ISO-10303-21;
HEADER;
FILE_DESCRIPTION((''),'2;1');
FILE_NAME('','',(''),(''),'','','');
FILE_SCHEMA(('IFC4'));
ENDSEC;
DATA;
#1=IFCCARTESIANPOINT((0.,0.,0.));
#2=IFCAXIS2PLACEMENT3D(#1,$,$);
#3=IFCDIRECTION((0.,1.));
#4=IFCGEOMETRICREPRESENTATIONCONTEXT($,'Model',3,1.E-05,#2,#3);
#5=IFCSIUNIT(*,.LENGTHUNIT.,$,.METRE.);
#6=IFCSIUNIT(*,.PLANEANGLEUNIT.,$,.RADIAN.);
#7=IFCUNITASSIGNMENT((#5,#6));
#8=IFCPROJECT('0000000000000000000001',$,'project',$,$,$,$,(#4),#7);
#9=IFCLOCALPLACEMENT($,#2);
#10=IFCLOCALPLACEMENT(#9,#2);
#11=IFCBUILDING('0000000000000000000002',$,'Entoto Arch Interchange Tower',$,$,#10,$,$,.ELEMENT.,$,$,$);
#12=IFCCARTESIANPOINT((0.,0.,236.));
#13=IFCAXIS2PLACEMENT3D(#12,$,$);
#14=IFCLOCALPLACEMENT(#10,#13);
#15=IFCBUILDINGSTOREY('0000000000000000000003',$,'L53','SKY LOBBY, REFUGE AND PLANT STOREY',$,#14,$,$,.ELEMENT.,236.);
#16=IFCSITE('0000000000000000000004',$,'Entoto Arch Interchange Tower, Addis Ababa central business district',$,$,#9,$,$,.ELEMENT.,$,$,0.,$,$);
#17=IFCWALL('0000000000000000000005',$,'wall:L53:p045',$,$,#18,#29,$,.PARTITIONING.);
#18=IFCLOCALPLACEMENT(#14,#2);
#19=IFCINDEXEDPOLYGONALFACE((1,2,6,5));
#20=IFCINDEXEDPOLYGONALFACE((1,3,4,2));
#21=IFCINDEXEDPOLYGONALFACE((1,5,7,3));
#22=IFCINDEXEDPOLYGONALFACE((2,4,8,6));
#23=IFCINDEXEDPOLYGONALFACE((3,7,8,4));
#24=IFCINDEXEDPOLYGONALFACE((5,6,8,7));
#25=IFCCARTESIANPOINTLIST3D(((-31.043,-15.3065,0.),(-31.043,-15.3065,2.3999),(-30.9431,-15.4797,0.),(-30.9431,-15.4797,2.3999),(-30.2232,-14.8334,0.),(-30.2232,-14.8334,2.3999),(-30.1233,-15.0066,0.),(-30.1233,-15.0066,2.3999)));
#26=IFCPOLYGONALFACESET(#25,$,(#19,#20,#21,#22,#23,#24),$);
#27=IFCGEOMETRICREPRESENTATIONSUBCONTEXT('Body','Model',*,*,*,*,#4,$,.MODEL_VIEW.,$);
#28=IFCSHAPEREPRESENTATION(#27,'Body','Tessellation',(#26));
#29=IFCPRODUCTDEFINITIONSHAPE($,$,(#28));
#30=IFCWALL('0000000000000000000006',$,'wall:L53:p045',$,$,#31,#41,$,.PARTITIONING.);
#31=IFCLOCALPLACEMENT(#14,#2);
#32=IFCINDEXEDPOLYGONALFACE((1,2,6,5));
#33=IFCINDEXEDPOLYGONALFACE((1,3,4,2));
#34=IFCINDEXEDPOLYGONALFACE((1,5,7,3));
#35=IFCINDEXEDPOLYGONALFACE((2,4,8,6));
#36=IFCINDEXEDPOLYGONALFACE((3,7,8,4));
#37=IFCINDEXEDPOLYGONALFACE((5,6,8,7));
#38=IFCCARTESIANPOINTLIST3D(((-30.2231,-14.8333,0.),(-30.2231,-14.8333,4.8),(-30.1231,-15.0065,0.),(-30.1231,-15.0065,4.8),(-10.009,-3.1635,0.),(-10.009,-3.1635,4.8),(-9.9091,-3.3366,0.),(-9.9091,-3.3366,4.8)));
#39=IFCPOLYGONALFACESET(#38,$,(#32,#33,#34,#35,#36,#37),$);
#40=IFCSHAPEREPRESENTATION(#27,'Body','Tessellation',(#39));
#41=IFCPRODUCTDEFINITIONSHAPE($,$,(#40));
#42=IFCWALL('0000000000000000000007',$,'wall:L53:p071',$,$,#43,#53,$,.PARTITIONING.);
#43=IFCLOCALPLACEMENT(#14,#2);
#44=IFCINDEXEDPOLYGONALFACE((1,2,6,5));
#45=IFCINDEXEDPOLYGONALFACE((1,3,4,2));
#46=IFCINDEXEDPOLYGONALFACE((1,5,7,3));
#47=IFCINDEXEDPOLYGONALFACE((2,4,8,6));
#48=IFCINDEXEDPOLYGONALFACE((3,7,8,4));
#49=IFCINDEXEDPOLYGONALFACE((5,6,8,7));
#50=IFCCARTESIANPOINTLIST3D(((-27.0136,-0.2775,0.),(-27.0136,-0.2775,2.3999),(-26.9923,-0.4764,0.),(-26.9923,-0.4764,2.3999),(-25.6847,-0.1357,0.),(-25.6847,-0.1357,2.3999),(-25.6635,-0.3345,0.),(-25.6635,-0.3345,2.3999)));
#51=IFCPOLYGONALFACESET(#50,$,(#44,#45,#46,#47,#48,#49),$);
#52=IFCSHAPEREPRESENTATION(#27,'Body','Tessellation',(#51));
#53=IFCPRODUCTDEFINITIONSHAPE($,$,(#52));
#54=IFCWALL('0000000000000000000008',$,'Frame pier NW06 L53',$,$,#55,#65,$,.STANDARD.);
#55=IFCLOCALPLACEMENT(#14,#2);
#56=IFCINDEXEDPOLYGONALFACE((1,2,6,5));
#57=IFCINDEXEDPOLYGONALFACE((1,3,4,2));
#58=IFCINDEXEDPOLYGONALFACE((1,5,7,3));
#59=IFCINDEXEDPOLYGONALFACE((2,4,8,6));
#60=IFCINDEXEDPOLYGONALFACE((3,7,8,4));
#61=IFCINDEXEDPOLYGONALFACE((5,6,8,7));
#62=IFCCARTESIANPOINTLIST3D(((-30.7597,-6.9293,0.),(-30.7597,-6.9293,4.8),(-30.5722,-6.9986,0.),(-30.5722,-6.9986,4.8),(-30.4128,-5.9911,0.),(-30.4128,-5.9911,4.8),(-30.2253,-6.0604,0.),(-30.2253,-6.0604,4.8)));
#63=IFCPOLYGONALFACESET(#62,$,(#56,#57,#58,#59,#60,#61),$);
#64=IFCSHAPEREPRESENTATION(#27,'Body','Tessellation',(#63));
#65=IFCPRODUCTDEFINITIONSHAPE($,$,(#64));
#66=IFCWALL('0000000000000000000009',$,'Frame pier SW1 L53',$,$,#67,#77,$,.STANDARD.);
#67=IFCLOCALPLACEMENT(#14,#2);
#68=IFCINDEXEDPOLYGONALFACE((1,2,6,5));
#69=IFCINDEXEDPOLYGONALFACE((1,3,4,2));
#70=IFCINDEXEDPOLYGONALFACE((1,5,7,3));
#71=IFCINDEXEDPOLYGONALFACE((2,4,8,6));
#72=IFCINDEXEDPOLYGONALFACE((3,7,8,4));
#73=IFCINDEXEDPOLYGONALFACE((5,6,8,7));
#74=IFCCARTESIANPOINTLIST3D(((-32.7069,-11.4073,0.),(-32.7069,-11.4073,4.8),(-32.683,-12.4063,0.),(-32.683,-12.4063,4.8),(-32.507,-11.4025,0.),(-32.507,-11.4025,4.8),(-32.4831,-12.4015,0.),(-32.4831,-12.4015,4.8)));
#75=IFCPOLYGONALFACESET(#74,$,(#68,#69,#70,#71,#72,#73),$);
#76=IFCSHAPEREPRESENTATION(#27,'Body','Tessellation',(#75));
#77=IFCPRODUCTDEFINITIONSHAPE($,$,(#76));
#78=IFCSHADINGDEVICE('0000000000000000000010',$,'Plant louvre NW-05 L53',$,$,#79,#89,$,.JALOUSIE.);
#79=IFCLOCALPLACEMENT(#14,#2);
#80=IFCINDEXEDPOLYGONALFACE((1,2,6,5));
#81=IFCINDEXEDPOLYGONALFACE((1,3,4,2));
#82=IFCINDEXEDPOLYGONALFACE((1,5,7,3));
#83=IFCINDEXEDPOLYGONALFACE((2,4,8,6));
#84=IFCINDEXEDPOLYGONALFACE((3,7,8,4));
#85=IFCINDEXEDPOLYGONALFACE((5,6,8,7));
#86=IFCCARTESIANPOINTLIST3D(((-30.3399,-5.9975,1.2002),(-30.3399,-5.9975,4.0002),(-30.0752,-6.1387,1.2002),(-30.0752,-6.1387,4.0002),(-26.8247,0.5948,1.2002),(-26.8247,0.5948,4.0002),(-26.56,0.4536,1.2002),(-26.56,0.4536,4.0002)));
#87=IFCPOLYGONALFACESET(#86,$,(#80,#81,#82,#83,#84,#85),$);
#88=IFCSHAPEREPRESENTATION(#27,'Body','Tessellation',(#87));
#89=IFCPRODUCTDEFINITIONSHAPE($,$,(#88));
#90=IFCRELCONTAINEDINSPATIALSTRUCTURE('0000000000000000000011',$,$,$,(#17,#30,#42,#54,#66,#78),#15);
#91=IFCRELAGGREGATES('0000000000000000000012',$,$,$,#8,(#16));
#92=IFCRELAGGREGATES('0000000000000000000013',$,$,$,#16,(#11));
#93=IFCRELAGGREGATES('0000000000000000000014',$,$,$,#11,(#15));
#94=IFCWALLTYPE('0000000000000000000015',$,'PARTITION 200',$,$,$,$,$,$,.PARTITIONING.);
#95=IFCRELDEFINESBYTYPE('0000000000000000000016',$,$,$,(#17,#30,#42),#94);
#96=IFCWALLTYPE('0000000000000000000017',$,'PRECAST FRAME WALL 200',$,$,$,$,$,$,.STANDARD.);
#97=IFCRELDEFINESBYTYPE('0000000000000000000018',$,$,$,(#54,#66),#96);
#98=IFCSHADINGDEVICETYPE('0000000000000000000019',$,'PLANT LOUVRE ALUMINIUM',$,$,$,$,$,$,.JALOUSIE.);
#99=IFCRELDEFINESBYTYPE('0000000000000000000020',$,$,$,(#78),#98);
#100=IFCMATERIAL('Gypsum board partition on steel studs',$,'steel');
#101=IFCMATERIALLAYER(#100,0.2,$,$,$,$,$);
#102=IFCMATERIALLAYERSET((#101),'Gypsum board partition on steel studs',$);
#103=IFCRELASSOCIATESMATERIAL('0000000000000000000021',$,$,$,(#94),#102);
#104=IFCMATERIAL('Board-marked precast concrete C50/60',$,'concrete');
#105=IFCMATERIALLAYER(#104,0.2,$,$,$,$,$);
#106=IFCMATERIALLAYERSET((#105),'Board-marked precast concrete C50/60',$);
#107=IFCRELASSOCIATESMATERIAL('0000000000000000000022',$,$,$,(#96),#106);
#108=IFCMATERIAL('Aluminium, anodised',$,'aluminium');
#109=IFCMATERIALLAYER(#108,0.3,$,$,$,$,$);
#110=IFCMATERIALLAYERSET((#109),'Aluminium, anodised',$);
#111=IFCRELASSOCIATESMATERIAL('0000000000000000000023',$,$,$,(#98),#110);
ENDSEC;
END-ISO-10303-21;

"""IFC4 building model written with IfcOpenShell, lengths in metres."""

from ifc_helpers import new_model, si_unit, direction, frame, frame_2d, origin, origin_2d, place, context, subcontext, project, spatial, rectangle, extrude, material, layer, layer_set, type_object, element, save


model = new_model("IFC4")

# Units and contexts
model_context = context("Model", 3, precision=1e-05, world=origin(), true_north=direction((0.0, 1.0)))
body_context = subcontext(model_context, "Body", "Model", "MODEL_VIEW")
ifc_project = project(units=[si_unit("LENGTHUNIT", "METRE"), si_unit("PLANEANGLEUNIT", "RADIAN")], contexts=[model_context])

# Site, building, storey
site_placement = place(None, origin())
site = spatial("IfcSite", under=ifc_project, at=site_placement, Name="Entoto Arch Interchange Tower, Addis Ababa central business district", CompositionType="ELEMENT", RefElevation=0.0)
building_placement = place(site_placement, origin())
building = spatial("IfcBuilding", under=site, at=building_placement, Name="Entoto Arch Interchange Tower", CompositionType="ELEMENT")
storey_placement = place(building_placement, frame((0.0, 0.0, 236.0)))
storey = spatial("IfcBuildingStorey", under=building, at=storey_placement, Name="L53", Description="SKY LOBBY, REFUGE AND PLANT STOREY", CompositionType="ELEMENT", Elevation=236.0)

# Shared definitions
ifc_material_1 = material(Name="Aluminium, anodised", Category="aluminium")

# Walls
ifc_material_2 = material(Name="Gypsum board partition on steel studs", Category="steel")
ifc_layer_1 = layer(ifc_material_2, 0.2)
ifc_layer_set_1 = layer_set([ifc_layer_1], Name="Gypsum board partition on steel studs")
wall_type_1 = type_object("IfcWallType", Name="PARTITION 200", PredefinedType="PARTITIONING", material=ifc_layer_set_1)
wall_1_placement = place(storey_placement, frame((-30.9929, -15.3931, 0.0), z_axis=(0.0, 0.0, 1.0), x_axis=(0.866108, 0.499856, 0.0)))
element("IfcWall", 1, at=wall_1_placement, inside=storey, type_object=wall_type_1, Name="wall:L53:p045", PredefinedType="PARTITIONING", context=body_context, shape_type="SweptSolid", body=[
    extrude(rectangle(XDim=0.9465, YDim=0.2, at=frame_2d((0.4731, 0.0))), origin(), (0.0, 0.0, 1.0), 2.3999),
])
wall_2_placement = place(storey_placement, frame((-30.1731, -14.9199, 0.0), z_axis=(0.0, 0.0, 1.0), x_axis=(0.866038, 0.499977, 0.0)))
element("IfcWall", 2, at=wall_2_placement, inside=storey, type_object=wall_type_1, Name="wall:L53:p045", PredefinedType="PARTITIONING", context=body_context, shape_type="SweptSolid", body=[
    extrude(rectangle(XDim=23.3408, YDim=0.2, at=frame_2d((11.6704, 0.0))), origin(), (0.0, 0.0, 1.0), 4.8),
])
wall_3_placement = place(storey_placement, frame((-25.6741, -0.2351, 0.0), z_axis=(0.0, 0.0, 1.0), x_axis=(-0.994351, -0.10614, 0.0)))
element("IfcWall", 3, at=wall_3_placement, inside=storey, type_object=wall_type_1, Name="wall:L53:p071", PredefinedType="PARTITIONING", context=body_context, shape_type="SweptSolid", body=[
    extrude(rectangle(XDim=1.3364, YDim=0.2, at=frame_2d((0.6682, 0.0))), origin(), (0.0, 0.0, 1.0), 2.3999),
])
ifc_material_3 = material(Name="Board-marked precast concrete C50/60", Category="concrete")
ifc_layer_2 = layer(ifc_material_3, 0.2)
ifc_layer_set_2 = layer_set([ifc_layer_2], Name="Board-marked precast concrete C50/60")
wall_type_2 = type_object("IfcWallType", Name="PRECAST FRAME WALL 200", PredefinedType="STANDARD", material=ifc_layer_set_2)
wall_4_placement = place(storey_placement, frame((-30.3191, -6.0259, 0.0), z_axis=(0.0, 0.0, 1.0), x_axis=(-0.346814, -0.937934, 0.0)))
element("IfcWall", 4, at=wall_4_placement, inside=storey, type_object=wall_type_2, Name="Frame pier NW06 L53", PredefinedType="STANDARD", context=body_context, shape_type="SweptSolid", body=[
    extrude(rectangle(XDim=1.0002, YDim=0.2, at=frame_2d((0.5, 0.0))), origin(), (0.0, 0.0, 1.0), 4.8),
])
wall_5_placement = place(storey_placement, frame((-32.6069, -11.405, 0.0), z_axis=(0.0, 0.0, 1.0), x_axis=(0.023942, -0.999713, 0.0)))
element("IfcWall", 5, at=wall_5_placement, inside=storey, type_object=wall_type_2, Name="Frame pier SW1 L53", PredefinedType="STANDARD", context=body_context, shape_type="SweptSolid", body=[
    extrude(rectangle(XDim=0.9993, YDim=0.2, at=frame_2d((0.4995, 0.0))), origin(), (0.0, 0.0, 1.0), 4.8),
])

# Shading device
ifc_layer_3 = layer(ifc_material_1, 0.3)
ifc_layer_set_3 = layer_set([ifc_layer_3], Name="Aluminium, anodised")
shading_device_type = type_object("IfcShadingDeviceType", Name="PLANT LOUVRE ALUMINIUM", PredefinedType="JALOUSIE", material=ifc_layer_set_3)
shading_device_placement = place(storey_placement, frame((-28.45, -2.772, 1.2002), z_axis=(0.0, 0.0, 1.0), x_axis=(-0.470519, -0.88239, 0.0)))
element("IfcShadingDevice", 6, at=shading_device_placement, inside=storey, type_object=shading_device_type, Name="Plant louvre NW-05 L53", PredefinedType="JALOUSIE", context=body_context, shape_type="SweptSolid", body=[
    extrude(rectangle(XDim=7.4709, YDim=0.3, at=origin_2d()), origin(), (0.0, 0.0, 1.0), 2.8),
])

save(model, "model.ifc")
